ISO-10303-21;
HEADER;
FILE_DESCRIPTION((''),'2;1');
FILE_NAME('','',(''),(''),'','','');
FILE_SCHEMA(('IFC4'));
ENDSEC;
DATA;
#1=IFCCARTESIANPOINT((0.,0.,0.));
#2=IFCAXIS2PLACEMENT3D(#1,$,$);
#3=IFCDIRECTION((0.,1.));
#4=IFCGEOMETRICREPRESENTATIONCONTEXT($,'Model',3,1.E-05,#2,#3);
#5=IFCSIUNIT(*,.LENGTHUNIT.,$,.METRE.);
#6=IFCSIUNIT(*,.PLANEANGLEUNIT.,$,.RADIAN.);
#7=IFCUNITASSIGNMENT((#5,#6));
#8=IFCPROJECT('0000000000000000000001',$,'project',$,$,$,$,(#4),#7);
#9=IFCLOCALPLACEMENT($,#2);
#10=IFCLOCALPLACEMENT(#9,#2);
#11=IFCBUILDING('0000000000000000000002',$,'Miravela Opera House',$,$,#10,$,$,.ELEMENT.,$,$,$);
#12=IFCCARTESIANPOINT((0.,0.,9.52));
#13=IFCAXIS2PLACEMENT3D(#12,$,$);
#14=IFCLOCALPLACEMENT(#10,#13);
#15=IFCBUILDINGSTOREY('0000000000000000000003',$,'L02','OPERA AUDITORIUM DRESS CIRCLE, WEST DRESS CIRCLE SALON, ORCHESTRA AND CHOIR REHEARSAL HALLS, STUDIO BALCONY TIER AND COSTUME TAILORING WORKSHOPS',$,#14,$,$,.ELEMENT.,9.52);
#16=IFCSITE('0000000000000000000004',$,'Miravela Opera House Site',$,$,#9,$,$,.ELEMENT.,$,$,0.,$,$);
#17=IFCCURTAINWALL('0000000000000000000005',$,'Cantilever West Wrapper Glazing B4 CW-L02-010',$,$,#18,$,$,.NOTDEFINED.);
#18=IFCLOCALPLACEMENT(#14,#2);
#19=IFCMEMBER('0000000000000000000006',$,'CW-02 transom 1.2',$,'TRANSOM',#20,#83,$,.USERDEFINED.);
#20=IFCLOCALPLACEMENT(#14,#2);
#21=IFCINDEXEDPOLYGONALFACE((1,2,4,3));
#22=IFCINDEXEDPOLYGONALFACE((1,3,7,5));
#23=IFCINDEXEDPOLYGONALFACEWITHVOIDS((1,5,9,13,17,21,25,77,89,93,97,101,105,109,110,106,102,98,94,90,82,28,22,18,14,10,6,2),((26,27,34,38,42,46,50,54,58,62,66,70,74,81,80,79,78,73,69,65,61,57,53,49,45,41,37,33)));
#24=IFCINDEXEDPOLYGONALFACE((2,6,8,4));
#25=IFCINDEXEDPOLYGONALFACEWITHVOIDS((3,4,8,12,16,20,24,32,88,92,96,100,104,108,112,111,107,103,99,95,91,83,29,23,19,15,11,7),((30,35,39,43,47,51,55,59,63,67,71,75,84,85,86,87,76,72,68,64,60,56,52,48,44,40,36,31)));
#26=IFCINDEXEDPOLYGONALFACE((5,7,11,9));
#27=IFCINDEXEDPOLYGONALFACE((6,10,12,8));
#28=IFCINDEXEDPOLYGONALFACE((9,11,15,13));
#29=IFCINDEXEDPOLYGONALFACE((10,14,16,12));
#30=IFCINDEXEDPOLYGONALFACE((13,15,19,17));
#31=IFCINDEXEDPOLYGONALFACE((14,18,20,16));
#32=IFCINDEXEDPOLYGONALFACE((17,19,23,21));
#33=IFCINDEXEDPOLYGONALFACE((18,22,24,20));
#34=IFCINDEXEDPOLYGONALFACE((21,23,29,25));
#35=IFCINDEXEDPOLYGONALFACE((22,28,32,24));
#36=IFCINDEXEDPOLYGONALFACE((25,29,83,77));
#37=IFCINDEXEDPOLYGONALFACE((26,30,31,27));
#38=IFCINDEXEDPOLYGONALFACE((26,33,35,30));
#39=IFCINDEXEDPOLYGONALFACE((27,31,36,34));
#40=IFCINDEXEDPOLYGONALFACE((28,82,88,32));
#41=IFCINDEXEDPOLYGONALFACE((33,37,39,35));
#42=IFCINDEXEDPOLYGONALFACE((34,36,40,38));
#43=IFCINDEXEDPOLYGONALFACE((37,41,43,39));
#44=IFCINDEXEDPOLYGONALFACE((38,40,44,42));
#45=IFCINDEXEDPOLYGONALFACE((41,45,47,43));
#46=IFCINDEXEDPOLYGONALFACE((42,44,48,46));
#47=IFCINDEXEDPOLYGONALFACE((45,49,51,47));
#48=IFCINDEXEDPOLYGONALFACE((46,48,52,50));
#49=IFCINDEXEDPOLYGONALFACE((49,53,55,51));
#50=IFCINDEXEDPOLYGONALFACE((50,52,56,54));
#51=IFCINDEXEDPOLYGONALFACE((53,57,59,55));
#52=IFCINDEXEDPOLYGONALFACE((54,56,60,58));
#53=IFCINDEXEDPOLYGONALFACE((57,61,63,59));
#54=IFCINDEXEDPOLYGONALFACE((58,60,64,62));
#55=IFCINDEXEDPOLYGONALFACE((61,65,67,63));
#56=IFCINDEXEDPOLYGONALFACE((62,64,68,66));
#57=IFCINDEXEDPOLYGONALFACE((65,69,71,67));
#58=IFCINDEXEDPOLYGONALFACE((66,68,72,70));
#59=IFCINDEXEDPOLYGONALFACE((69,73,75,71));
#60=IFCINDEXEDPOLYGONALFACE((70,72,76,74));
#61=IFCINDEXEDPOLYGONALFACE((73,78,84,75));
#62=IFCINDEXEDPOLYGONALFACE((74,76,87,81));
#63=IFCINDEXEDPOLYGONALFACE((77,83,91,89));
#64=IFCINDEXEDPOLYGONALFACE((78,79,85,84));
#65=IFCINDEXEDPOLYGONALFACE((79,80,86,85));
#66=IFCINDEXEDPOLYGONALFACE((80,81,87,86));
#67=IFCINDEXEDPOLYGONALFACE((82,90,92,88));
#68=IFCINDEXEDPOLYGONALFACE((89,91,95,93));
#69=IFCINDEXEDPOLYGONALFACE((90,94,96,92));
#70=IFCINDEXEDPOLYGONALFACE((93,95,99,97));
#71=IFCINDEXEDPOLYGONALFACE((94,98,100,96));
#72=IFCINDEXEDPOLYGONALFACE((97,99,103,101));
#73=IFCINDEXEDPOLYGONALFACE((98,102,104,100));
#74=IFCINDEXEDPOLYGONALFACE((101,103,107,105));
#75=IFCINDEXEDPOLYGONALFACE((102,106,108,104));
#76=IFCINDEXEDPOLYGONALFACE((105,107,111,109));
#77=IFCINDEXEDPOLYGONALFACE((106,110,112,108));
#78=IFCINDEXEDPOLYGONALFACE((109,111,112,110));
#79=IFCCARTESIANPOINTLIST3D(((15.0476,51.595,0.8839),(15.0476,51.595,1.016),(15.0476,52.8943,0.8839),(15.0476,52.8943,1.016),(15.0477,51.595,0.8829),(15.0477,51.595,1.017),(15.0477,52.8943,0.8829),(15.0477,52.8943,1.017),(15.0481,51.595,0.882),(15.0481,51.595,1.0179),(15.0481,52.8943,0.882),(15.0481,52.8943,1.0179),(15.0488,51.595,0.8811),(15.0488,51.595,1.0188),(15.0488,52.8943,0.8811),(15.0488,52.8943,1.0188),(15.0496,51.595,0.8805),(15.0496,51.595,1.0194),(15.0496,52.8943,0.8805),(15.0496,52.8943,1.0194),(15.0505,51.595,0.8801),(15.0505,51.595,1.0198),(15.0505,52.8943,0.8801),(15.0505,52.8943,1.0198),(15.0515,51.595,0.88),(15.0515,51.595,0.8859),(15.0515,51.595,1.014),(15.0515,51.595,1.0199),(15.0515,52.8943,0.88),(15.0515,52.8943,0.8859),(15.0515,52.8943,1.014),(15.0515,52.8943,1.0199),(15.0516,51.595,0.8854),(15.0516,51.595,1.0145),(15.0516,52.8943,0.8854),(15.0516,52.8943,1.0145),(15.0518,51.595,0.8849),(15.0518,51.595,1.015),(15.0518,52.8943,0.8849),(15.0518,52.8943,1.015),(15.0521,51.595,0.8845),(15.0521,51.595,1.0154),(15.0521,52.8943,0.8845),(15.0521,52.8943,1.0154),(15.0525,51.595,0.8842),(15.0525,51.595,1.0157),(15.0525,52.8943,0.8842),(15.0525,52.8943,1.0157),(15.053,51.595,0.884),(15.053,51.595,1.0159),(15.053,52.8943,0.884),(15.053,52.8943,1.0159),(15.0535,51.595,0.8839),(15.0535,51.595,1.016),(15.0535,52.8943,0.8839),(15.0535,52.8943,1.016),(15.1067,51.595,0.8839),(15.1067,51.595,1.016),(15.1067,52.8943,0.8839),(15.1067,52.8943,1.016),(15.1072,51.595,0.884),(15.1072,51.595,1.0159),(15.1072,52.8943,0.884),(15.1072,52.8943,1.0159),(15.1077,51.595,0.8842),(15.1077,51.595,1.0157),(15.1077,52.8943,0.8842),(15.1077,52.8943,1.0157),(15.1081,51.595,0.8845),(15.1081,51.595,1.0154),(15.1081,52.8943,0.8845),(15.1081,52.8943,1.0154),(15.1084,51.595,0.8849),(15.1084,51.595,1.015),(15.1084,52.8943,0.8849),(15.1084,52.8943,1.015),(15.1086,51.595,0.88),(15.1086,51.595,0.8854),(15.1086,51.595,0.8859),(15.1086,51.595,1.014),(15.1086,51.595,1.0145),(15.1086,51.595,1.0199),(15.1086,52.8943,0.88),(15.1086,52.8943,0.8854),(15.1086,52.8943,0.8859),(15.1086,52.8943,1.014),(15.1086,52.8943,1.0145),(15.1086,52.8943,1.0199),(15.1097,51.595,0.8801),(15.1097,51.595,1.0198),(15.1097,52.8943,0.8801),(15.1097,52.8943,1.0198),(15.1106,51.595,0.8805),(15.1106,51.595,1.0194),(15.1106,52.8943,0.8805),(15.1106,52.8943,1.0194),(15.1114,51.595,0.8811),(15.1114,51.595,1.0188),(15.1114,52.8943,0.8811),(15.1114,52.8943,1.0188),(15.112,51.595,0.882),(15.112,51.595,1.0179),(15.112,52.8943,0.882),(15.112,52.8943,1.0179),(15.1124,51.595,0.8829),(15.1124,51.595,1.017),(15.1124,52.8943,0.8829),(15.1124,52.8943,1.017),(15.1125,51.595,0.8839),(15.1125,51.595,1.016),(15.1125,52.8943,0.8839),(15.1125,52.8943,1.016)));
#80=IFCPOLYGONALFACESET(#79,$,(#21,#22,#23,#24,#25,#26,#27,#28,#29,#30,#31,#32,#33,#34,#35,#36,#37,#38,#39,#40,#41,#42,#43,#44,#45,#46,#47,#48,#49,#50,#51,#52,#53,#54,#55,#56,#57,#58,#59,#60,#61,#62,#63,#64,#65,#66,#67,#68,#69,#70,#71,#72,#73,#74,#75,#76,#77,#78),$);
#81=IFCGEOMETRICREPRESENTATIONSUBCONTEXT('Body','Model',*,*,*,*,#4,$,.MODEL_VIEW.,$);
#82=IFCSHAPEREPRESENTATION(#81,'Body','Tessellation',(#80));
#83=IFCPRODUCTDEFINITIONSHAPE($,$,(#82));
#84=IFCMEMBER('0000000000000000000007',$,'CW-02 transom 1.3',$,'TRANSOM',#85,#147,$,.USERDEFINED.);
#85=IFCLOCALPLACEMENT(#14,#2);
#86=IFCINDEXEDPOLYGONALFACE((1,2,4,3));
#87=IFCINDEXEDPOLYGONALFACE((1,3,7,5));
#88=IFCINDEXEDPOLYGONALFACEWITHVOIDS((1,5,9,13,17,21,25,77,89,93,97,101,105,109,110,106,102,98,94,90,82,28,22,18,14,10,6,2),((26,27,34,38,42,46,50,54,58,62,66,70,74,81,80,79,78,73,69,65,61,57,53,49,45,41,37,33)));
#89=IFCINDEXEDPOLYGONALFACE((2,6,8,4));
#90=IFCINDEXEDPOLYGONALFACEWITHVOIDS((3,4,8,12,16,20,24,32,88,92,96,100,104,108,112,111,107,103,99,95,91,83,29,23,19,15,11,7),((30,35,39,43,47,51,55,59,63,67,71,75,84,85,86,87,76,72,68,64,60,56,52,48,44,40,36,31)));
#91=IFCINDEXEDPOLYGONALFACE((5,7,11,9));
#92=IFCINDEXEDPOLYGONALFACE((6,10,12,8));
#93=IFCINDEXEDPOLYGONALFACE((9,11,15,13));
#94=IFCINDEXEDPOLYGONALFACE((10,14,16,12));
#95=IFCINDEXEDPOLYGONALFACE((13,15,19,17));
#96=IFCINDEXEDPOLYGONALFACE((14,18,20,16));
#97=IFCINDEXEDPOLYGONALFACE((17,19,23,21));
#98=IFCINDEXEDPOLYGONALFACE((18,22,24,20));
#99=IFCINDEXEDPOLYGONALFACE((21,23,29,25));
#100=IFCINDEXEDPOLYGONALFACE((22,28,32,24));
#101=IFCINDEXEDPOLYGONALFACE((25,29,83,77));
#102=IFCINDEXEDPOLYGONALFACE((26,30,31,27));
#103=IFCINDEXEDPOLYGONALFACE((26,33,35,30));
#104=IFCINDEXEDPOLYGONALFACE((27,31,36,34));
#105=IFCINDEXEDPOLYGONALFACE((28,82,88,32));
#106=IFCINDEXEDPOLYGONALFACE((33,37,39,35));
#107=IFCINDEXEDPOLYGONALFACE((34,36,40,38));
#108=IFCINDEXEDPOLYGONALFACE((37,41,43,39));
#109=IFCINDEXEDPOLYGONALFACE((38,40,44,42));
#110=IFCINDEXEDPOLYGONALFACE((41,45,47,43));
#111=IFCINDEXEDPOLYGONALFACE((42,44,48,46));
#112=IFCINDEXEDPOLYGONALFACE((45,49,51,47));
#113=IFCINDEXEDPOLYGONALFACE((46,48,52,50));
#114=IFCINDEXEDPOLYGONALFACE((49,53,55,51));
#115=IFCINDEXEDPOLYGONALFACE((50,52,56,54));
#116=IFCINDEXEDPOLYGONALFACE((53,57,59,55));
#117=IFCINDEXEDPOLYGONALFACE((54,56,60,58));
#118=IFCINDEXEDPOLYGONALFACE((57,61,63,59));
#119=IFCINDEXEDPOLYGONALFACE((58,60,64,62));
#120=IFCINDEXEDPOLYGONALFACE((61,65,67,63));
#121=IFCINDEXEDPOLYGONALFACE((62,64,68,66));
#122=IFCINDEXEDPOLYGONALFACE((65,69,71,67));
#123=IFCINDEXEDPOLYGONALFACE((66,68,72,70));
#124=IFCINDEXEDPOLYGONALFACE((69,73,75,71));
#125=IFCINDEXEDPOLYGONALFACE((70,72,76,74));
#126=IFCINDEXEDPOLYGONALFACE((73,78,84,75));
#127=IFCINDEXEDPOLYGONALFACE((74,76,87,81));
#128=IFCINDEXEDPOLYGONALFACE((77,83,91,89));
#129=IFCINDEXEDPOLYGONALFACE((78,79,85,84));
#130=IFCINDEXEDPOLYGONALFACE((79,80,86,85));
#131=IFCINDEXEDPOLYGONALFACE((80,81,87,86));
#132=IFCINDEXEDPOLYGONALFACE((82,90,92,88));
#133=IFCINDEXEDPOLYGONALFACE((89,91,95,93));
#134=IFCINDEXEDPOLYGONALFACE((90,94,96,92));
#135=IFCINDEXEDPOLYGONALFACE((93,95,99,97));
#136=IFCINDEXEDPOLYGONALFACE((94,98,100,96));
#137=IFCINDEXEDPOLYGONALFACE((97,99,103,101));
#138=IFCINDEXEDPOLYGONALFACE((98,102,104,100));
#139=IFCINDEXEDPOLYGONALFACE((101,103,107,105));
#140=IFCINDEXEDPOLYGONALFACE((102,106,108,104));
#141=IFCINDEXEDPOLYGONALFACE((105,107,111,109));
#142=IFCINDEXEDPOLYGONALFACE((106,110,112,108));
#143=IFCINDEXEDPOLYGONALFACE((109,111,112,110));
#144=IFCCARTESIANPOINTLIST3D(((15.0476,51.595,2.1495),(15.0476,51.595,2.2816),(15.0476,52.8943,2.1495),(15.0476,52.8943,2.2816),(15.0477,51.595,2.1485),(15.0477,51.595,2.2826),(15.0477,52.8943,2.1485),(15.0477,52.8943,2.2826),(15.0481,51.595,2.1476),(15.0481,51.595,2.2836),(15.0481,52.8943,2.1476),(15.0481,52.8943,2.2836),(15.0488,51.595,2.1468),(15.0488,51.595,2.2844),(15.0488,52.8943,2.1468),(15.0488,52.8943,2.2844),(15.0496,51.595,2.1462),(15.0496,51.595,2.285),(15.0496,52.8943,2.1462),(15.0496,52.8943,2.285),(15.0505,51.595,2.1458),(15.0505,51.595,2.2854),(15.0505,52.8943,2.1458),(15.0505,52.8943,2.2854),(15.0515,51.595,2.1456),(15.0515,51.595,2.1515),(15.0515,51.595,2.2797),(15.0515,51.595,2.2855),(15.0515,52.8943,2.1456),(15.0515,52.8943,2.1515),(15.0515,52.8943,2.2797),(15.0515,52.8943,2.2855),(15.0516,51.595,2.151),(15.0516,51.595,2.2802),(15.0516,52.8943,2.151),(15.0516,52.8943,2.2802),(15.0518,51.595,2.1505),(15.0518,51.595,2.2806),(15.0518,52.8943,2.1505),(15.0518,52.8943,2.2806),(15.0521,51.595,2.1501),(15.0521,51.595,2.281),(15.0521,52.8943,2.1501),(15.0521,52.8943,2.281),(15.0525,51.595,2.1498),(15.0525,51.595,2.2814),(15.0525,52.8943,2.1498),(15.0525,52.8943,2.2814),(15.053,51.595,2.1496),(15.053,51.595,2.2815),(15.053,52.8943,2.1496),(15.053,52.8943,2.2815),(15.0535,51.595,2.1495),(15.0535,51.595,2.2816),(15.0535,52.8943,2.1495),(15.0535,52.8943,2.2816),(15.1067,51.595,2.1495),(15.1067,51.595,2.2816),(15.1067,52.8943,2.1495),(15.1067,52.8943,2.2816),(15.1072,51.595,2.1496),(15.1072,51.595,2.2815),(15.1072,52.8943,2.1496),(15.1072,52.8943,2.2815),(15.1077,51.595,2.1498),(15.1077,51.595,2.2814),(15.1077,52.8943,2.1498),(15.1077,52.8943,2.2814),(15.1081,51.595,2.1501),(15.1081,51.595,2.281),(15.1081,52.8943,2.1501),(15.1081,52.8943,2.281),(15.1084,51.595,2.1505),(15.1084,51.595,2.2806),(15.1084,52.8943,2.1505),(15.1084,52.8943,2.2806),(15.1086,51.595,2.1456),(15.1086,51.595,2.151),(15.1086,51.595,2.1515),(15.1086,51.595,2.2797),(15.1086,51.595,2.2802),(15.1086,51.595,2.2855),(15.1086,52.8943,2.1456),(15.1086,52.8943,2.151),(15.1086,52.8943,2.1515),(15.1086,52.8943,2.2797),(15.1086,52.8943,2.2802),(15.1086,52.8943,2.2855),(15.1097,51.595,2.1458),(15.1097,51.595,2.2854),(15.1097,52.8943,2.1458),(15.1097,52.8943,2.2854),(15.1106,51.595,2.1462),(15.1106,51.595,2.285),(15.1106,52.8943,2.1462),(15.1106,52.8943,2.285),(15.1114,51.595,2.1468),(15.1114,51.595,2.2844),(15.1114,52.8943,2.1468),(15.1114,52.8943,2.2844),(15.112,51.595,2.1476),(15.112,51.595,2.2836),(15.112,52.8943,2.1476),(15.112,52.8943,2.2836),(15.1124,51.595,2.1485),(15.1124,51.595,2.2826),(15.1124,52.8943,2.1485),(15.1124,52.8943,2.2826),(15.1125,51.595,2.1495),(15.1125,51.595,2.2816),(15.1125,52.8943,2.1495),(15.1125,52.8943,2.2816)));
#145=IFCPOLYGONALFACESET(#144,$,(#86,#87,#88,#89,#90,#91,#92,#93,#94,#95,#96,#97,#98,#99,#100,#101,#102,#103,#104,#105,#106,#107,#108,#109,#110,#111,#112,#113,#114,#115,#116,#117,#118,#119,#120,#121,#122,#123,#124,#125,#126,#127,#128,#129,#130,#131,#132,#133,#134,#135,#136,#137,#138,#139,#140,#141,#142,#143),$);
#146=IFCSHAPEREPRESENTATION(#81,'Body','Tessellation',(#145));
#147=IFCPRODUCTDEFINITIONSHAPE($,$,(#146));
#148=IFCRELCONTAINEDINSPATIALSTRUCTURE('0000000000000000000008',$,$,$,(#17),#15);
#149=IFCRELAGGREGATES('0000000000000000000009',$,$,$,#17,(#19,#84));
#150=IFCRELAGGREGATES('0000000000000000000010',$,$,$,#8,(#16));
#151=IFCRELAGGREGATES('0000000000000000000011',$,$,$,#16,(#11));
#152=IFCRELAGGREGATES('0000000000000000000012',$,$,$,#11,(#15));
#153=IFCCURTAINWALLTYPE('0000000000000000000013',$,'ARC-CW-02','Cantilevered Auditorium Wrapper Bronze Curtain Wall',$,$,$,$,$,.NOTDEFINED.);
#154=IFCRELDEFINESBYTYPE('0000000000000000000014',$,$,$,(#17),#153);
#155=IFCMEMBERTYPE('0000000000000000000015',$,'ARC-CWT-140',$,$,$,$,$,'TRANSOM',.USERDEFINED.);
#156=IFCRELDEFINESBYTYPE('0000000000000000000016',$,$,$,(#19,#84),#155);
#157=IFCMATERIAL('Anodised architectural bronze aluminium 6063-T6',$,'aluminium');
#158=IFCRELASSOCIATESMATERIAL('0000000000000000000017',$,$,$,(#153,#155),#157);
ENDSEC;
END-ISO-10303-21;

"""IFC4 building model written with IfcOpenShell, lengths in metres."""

from ifc_helpers import new_model, si_unit, direction, frame, origin, origin_2d, place, context, subcontext, project, spatial, hollow_rectangle, extrude, material, material_profile, profile_set, type_object, element, aggregate, save


model = new_model("IFC4")

# Units and contexts
model_context = context("Model", 3, precision=1e-05, world=origin(), true_north=direction((0.0, 1.0)))
body_context = subcontext(model_context, "Body", "Model", "MODEL_VIEW")
ifc_project = project(units=[si_unit("LENGTHUNIT", "METRE"), si_unit("PLANEANGLEUNIT", "RADIAN")], contexts=[model_context])

# Site, building, storey
site_placement = place(None, origin())
site = spatial("IfcSite", under=ifc_project, at=site_placement, Name="Miravela Opera House Site", CompositionType="ELEMENT", RefElevation=0.0)
building_placement = place(site_placement, origin())
building = spatial("IfcBuilding", under=site, at=building_placement, Name="Miravela Opera House", CompositionType="ELEMENT")
storey_placement = place(building_placement, frame((0.0, 0.0, 9.52)))
storey = spatial("IfcBuildingStorey", under=building, at=storey_placement, Name="L02", Description="OPERA AUDITORIUM DRESS CIRCLE, WEST DRESS CIRCLE SALON, ORCHESTRA AND CHOIR REHEARSAL HALLS, STUDIO BALCONY TIER AND COSTUME TAILORING WORKSHOPS", CompositionType="ELEMENT", Elevation=9.52)

# Shared definitions
ifc_material_1 = material(Name="Anodised architectural bronze aluminium 6063-T6", Category="aluminium")
curtain_wall_type = type_object("IfcCurtainWallType", Name="ARC-CW-02", Description="Cantilevered Auditorium Wrapper Bronze Curtain Wall", PredefinedType="NOTDEFINED", material=ifc_material_1)

# Curtain wall
curtain_wall_1_placement = place(storey_placement, origin())
curtain_wall_1 = element("IfcCurtainWall", 1, at=curtain_wall_1_placement, inside=storey, type_object=curtain_wall_type, Name="Cantilever West Wrapper Glazing B4 CW-L02-010", PredefinedType="NOTDEFINED")

# Members
ifc_material_profile_1 = material_profile(ifc_material_1, hollow_rectangle(XDim=0.0649, YDim=0.1399, WallThickness=0.0039, InnerFilletRadius=0.002, OuterFilletRadius=0.0039, at=origin_2d()), Name="CWT-65X140")
ifc_profile_set_1 = profile_set([ifc_material_profile_1])
member_type_1 = type_object("IfcMemberType", Name="ARC-CWT-140", ElementType="TRANSOM", PredefinedType="USERDEFINED", material=ifc_profile_set_1)
member_1_placement = place(storey_placement, frame((15.0801, 51.595, 0.95), z_axis=(0.0, 1.0, 0.0), x_axis=(-1.0, 0.0, 0.0)))
member_1 = element("IfcMember", 2, at=member_1_placement, type_object=member_type_1, Name="CW-02 transom 1.2", ObjectType="TRANSOM", PredefinedType="USERDEFINED", context=body_context, shape_type="SweptSolid", body=[
    extrude(hollow_rectangle(XDim=0.0649, YDim=0.1399, WallThickness=0.0039, InnerFilletRadius=0.002, OuterFilletRadius=0.0039, at=origin_2d()), origin(), (0.0, 0.0, 1.0), 1.2993),
])
member_2_placement = place(storey_placement, frame((15.0801, 51.595, 2.2156), z_axis=(0.0, 1.0, 0.0), x_axis=(-1.0, 0.0, 0.0)))
member_2 = element("IfcMember", 3, at=member_2_placement, type_object=member_type_1, Name="CW-02 transom 1.3", ObjectType="TRANSOM", PredefinedType="USERDEFINED", context=body_context, shape_type="SweptSolid", body=[
    extrude(hollow_rectangle(XDim=0.0649, YDim=0.1399, WallThickness=0.0039, InnerFilletRadius=0.002, OuterFilletRadius=0.0039, at=origin_2d()), origin(), (0.0, 0.0, 1.0), 1.2993),
])

aggregate(curtain_wall_1, [member_1, member_2])

save(model, "model.ifc")
